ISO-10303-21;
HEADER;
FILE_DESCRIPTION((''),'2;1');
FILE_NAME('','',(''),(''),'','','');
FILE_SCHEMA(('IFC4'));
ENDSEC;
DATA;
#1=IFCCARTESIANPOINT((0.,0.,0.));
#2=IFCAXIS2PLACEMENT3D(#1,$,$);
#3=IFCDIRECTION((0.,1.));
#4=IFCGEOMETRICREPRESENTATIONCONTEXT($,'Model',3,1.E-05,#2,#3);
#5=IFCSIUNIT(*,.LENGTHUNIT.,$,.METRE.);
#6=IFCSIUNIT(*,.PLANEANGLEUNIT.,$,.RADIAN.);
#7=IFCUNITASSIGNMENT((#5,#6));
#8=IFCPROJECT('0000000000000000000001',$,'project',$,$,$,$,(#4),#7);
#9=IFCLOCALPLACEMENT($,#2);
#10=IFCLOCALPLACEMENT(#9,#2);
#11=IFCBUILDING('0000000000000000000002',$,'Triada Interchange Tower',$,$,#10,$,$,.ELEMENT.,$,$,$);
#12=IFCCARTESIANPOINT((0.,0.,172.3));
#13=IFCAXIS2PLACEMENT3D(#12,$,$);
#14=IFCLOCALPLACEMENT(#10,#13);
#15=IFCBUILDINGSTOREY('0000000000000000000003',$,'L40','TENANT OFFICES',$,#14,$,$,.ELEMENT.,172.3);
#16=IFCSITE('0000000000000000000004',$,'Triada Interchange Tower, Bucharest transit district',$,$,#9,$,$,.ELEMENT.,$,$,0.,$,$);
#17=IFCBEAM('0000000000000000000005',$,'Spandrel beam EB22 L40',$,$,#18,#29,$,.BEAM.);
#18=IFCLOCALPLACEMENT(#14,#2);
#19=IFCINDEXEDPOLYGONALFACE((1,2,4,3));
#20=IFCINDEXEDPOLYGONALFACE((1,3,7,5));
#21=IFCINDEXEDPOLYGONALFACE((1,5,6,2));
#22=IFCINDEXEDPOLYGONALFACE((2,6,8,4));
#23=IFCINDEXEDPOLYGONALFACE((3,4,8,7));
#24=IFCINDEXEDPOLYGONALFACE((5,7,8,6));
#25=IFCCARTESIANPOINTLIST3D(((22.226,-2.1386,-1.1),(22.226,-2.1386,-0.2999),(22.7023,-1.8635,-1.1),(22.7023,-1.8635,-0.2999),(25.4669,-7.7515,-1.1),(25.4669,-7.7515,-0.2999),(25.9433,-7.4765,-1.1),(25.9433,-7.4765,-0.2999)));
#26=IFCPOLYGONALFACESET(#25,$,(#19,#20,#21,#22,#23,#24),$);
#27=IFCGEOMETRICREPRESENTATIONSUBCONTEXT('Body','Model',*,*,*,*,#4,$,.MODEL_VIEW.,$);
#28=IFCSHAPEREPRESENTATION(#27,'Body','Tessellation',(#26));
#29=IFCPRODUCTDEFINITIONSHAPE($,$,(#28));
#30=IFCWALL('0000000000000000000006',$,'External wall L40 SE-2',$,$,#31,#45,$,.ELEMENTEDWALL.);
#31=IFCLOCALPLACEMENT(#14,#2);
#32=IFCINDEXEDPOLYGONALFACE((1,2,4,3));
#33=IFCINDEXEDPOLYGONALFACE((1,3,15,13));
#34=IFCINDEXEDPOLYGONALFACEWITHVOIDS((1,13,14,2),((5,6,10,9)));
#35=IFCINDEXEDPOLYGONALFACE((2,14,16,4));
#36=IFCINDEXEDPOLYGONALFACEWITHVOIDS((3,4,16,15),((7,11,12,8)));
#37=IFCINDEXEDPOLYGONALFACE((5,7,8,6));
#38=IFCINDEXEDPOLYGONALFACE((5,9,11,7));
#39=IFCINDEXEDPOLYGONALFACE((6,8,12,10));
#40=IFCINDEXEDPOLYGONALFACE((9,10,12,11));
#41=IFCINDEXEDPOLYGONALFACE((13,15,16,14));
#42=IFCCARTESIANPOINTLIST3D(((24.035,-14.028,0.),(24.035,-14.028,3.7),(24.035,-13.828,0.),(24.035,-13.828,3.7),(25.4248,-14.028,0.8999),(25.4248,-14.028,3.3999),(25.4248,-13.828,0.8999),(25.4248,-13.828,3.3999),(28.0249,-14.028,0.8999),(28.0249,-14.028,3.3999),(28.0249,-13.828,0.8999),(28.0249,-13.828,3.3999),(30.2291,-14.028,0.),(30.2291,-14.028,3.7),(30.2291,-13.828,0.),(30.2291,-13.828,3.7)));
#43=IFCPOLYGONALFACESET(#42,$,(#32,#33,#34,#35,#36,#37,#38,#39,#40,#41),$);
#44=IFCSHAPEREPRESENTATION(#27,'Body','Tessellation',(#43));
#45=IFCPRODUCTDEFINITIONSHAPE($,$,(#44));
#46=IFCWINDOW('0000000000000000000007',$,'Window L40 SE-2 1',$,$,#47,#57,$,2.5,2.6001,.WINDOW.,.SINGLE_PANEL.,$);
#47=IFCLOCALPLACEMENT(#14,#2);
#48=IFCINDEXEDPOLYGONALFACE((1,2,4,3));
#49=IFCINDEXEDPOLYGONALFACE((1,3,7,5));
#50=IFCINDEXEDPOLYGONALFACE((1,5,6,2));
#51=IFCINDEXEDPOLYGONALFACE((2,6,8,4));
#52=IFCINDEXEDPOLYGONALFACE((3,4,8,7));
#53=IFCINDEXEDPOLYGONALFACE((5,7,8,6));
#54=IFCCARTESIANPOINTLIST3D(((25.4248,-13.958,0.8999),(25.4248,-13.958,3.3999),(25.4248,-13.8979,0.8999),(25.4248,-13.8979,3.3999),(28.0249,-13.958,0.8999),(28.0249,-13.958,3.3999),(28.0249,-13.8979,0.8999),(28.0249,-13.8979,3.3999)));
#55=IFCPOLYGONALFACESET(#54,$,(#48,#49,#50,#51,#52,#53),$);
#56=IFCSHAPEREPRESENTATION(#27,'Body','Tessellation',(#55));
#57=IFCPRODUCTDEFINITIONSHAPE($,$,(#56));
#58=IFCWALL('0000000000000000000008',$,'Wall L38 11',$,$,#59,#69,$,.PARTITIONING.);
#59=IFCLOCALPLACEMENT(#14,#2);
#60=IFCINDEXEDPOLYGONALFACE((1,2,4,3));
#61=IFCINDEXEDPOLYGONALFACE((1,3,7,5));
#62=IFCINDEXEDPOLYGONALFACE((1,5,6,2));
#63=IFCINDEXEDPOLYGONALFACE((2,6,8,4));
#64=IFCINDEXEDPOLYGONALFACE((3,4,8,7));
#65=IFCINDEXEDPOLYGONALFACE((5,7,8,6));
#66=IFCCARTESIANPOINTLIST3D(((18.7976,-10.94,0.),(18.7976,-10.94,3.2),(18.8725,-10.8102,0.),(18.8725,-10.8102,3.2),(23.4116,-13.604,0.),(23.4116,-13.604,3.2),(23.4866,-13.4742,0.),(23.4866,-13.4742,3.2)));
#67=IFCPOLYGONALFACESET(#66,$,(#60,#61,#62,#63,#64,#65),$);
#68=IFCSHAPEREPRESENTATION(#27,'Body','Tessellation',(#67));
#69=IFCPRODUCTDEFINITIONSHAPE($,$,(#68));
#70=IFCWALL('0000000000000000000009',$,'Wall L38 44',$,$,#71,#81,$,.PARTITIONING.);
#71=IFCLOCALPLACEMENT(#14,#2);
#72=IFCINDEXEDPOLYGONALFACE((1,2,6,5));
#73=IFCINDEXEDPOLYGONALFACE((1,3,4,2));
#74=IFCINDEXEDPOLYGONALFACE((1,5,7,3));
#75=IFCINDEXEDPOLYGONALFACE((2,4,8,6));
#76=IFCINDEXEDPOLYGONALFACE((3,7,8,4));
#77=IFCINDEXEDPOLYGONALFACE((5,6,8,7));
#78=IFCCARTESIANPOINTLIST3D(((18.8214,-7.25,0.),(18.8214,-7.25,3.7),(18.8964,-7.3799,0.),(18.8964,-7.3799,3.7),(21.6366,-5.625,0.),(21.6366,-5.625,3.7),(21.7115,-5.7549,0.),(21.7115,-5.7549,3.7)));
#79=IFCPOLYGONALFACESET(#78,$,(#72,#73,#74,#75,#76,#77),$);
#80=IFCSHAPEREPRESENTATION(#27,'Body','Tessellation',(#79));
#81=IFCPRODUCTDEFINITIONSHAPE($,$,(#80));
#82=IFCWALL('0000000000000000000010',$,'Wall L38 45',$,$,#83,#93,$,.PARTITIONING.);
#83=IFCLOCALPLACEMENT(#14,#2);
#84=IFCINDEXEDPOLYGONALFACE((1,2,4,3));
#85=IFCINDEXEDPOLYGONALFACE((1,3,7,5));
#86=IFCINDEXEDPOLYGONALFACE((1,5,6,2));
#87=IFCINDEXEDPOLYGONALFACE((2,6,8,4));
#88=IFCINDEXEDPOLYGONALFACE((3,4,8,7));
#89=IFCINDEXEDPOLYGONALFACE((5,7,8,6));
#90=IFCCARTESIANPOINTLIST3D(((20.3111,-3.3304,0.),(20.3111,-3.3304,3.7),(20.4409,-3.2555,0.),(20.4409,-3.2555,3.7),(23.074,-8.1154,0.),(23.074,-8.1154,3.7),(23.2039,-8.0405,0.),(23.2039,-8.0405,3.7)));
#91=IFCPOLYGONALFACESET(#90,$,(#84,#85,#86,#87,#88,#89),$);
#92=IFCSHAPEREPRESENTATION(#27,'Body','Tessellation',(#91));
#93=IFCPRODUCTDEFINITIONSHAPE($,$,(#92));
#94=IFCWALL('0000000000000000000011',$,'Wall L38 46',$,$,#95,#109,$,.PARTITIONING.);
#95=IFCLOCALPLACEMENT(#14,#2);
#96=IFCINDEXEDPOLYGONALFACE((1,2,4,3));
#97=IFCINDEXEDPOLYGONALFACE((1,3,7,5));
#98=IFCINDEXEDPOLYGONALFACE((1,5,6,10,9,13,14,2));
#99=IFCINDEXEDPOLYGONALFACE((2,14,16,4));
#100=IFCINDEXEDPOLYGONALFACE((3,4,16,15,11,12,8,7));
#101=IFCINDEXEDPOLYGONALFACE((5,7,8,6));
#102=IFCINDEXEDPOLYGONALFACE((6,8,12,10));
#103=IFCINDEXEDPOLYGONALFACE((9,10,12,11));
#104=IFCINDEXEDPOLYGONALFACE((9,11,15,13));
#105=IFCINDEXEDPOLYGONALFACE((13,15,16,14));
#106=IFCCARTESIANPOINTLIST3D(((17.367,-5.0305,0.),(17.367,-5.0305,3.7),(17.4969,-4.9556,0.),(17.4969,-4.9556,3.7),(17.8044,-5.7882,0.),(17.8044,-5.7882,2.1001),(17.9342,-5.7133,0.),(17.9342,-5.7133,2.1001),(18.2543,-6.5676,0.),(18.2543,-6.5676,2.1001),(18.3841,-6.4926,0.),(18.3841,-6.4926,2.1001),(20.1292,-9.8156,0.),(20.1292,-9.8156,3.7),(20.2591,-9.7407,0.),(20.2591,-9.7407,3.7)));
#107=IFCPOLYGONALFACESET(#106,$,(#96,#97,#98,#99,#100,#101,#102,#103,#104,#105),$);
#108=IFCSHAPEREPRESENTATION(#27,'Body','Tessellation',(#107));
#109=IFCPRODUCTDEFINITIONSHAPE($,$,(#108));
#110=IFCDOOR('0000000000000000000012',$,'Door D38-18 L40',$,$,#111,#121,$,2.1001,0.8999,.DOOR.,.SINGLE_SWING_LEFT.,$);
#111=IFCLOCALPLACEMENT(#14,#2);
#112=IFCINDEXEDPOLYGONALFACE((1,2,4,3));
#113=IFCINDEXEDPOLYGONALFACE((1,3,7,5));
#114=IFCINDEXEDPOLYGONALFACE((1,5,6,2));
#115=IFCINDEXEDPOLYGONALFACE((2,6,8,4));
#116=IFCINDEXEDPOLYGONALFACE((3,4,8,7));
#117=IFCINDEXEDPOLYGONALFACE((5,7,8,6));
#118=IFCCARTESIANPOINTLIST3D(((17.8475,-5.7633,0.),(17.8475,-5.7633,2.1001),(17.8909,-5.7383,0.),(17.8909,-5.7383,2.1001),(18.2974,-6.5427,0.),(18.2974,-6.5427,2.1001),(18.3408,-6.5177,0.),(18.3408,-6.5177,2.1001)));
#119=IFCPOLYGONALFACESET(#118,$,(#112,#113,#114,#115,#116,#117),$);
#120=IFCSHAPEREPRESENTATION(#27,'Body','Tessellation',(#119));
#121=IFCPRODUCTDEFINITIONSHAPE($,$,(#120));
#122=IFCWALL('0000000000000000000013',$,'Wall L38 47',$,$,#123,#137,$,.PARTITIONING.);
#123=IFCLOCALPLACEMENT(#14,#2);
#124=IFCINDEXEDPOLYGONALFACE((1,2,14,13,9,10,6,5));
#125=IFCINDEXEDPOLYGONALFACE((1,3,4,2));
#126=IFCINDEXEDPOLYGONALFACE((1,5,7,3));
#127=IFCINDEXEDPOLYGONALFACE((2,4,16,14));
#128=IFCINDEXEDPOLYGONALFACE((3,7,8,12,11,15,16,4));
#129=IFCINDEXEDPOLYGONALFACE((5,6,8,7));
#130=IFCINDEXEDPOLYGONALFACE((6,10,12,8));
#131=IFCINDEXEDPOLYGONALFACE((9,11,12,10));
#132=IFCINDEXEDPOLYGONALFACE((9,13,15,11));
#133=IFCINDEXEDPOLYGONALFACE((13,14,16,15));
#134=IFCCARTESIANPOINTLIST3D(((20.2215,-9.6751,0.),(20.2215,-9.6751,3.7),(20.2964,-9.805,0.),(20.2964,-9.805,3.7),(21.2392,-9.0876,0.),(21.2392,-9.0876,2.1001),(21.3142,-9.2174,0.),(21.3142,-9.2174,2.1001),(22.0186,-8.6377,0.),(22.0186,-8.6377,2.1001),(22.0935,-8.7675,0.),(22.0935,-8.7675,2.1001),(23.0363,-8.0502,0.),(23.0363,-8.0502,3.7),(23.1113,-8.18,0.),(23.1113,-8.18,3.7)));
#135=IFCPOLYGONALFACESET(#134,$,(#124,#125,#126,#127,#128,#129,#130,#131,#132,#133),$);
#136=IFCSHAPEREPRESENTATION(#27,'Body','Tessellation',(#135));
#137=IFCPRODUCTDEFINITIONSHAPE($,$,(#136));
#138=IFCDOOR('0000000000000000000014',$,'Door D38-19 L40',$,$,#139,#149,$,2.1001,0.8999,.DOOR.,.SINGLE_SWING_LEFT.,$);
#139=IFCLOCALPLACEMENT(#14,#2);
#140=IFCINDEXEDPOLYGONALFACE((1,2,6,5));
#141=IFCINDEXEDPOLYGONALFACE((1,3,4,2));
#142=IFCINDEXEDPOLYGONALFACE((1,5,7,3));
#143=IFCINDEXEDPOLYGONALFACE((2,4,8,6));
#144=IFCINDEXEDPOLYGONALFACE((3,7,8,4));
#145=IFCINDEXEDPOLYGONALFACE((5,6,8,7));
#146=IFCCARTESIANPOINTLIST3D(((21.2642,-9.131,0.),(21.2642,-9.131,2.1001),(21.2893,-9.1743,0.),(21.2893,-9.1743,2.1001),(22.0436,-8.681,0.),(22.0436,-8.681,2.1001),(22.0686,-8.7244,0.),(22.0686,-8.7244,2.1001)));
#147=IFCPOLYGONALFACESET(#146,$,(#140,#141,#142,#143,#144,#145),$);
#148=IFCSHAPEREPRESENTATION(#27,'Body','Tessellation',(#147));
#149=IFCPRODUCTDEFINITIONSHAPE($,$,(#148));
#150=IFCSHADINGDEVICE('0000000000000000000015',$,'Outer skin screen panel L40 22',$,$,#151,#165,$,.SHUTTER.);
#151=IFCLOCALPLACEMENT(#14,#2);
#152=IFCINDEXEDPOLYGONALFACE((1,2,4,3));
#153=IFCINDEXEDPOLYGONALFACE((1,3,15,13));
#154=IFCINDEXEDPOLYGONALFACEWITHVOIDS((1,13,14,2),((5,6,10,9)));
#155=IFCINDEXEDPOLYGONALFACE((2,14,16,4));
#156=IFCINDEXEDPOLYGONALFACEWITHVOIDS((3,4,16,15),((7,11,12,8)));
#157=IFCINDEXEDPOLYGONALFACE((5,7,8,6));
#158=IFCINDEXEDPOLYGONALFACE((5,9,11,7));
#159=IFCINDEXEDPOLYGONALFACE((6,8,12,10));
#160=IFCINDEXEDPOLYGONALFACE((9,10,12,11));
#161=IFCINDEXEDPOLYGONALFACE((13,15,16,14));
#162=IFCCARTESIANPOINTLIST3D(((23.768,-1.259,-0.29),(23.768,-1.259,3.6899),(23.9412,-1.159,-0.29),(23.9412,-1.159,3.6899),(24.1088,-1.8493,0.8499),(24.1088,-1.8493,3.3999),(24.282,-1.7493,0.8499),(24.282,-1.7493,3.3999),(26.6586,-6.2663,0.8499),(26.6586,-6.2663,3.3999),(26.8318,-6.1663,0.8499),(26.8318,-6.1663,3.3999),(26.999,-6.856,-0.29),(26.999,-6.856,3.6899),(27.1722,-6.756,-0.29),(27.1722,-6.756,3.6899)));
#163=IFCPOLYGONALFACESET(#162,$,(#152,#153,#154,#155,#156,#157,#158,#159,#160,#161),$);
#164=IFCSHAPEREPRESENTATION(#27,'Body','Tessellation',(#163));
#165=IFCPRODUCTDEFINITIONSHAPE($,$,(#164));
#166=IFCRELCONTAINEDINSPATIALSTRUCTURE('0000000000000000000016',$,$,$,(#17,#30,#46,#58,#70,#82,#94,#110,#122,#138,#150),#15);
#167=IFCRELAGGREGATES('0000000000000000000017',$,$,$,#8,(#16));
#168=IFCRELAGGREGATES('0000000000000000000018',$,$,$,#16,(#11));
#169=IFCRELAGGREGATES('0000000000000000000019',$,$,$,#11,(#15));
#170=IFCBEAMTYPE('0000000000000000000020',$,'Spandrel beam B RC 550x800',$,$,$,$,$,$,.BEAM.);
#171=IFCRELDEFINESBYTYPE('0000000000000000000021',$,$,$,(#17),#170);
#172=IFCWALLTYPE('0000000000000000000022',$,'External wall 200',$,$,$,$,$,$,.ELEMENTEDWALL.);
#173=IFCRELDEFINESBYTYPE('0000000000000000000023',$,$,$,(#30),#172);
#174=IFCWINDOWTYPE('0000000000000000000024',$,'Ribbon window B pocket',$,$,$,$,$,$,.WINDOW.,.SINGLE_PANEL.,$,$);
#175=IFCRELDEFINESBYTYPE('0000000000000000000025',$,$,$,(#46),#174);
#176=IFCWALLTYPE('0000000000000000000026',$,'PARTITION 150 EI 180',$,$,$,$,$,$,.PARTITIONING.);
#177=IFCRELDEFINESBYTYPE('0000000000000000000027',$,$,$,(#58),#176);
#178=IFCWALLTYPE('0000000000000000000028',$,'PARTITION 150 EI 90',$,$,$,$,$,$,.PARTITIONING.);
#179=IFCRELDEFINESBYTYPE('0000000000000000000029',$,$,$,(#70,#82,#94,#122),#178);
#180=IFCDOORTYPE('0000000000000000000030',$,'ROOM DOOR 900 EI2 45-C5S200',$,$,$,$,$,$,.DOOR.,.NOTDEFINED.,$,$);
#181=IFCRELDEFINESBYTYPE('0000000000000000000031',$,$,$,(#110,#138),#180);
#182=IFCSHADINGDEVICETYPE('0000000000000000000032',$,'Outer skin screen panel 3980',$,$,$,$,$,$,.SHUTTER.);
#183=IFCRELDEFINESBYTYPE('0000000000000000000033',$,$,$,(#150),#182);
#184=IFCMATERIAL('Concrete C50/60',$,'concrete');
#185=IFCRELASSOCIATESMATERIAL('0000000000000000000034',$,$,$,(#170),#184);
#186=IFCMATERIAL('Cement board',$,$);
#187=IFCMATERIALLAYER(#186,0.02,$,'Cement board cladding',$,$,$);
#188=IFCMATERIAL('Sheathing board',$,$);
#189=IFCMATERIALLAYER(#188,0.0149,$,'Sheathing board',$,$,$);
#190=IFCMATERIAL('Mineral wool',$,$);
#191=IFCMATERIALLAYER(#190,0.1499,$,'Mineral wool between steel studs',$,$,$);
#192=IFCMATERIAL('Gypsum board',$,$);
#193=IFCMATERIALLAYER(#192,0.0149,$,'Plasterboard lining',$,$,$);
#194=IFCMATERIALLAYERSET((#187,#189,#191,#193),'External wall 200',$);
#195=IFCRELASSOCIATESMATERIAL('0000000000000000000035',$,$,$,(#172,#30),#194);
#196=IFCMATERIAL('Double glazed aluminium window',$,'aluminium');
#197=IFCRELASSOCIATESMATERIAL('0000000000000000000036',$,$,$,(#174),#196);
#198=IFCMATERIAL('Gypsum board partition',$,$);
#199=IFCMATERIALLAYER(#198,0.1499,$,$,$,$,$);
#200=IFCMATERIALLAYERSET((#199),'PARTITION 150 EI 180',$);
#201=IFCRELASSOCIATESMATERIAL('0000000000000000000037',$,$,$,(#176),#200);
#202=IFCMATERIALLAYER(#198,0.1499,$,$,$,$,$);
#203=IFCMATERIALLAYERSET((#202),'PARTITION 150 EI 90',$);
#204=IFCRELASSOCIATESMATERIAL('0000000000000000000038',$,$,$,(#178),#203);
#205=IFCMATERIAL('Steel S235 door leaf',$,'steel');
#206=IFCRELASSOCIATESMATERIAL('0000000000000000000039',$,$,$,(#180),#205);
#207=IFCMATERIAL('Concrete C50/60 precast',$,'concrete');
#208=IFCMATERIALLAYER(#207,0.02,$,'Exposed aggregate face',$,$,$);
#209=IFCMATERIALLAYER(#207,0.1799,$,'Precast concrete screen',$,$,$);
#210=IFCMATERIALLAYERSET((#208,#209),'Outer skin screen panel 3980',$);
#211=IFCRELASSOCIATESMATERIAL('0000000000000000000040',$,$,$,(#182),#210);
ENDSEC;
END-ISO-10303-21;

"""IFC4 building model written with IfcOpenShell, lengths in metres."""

from ifc_helpers import new_model, si_unit, direction, frame, frame_2d, origin, origin_2d, place, context, subcontext, project, spatial, polyline, rectangle, outline, extrude, material, layer, layer_set, layer_usage, material_profile, profile_set, type_object, element, fill, save


model = new_model("IFC4")

# Units and contexts
model_context = context("Model", 3, precision=1e-05, world=origin(), true_north=direction((0.0, 1.0)))
body_context = subcontext(model_context, "Body", "Model", "MODEL_VIEW")
ifc_project = project(units=[si_unit("LENGTHUNIT", "METRE"), si_unit("PLANEANGLEUNIT", "RADIAN")], contexts=[model_context])

# Site, building, storey
site_placement = place(None, origin())
site = spatial("IfcSite", under=ifc_project, at=site_placement, Name="Triada Interchange Tower, Bucharest transit district", CompositionType="ELEMENT", RefElevation=0.0)
building_placement = place(site_placement, origin())
building = spatial("IfcBuilding", under=site, at=building_placement, Name="Triada Interchange Tower", CompositionType="ELEMENT")
storey_placement = place(building_placement, frame((0.0, 0.0, 172.3)))
storey = spatial("IfcBuildingStorey", under=building, at=storey_placement, Name="L40", Description="TENANT OFFICES", CompositionType="ELEMENT", Elevation=172.3)

# Beam
ifc_material_1 = material(Name="Concrete C50/60", Category="concrete")
ifc_material_profile_1 = material_profile(ifc_material_1, rectangle(XDim=0.55, YDim=0.8, at=origin_2d()), Name="RC 550x800")
ifc_profile_set_1 = profile_set([ifc_material_profile_1], Name="Concrete C50/60")
beam_type_1 = type_object("IfcBeamType", Name="Spandrel beam B RC 550x800", PredefinedType="BEAM", material=ifc_profile_set_1)
beam_1_placement = place(storey_placement, frame((25.7051, -7.614, -0.7), z_axis=(-0.500032, 0.866007, 0.0), x_axis=(-0.866007, -0.500032, 0.0)))
element("IfcBeam", 1, at=beam_1_placement, inside=storey, type_object=beam_type_1, Name="Spandrel beam EB22 L40", PredefinedType="BEAM", context=body_context, shape_type="SweptSolid", body=[
    extrude(rectangle(XDim=0.55, YDim=0.8, at=origin_2d()), origin(), (0.0, 0.0, 1.0), 6.4814),
])

# Wall, opening, window
ifc_material_2 = material(Name="Cement board")
ifc_layer_1 = layer(ifc_material_2, 0.02, Name="Cement board cladding")
ifc_material_3 = material(Name="Sheathing board")
ifc_layer_2 = layer(ifc_material_3, 0.0149, Name="Sheathing board")
ifc_material_4 = material(Name="Mineral wool")
ifc_layer_3 = layer(ifc_material_4, 0.1499, Name="Mineral wool between steel studs")
ifc_material_5 = material(Name="Gypsum board")
ifc_layer_4 = layer(ifc_material_5, 0.0149, Name="Plasterboard lining")
ifc_layer_set_1 = layer_set([ifc_layer_1, ifc_layer_2, ifc_layer_3, ifc_layer_4], Name="External wall 200")
ifc_layer_usage = layer_usage(ifc_layer_set_1, "AXIS2", "POSITIVE", -0.1001)
wall_type_1 = type_object("IfcWallType", Name="External wall 200", PredefinedType="ELEMENTEDWALL", material=ifc_layer_set_1)
wall_1_placement = place(storey_placement, frame((24.0349, -13.928, 0.0), z_axis=(0.0, 0.0, 1.0), x_axis=(1.0, 0.0, 0.0)))
wall_1 = element("IfcWall", 2, at=wall_1_placement, inside=storey, type_object=wall_type_1, material=ifc_layer_usage, Name="External wall L40 SE-2", PredefinedType="ELEMENTEDWALL", context=body_context, shape_type="SweptSolid", body=[
    extrude(rectangle(XDim=6.1941, YDim=0.2, at=frame_2d((3.0972, 0.0))), origin(), (0.0, 0.0, 1.0), 3.7),
])
opening_1_placement = place(wall_1_placement, frame((1.3899, 0.0, 0.8999)))
opening_1 = element("IfcOpeningElement", 3, at=opening_1_placement, cuts=wall_1, PredefinedType="OPENING", context=body_context, shape_type="SweptSolid", body=[
    extrude(rectangle(XDim=2.6001, YDim=2.5, at=frame_2d((1.3, 1.25))), frame((0.0, 0.1099, 0.0), z_axis=(0.0, -1.0, 0.0), x_axis=(1.0, 0.0, 0.0)), (0.0, 0.0, 1.0), 0.22),
])
ifc_material_6 = material(Name="Double glazed aluminium window", Category="aluminium")
window_type = type_object("IfcWindowType", Name="Ribbon window B pocket", PartitioningType="SINGLE_PANEL", PredefinedType="WINDOW", material=ifc_material_6)
window_placement = place(opening_1_placement, origin())
window = element("IfcWindow", 4, at=window_placement, inside=storey, type_object=window_type, Name="Window L40 SE-2 1", OverallHeight=2.5, OverallWidth=2.6001, PartitioningType="SINGLE_PANEL", PredefinedType="WINDOW", context=body_context, shape_type="SweptSolid", body=[
    extrude(rectangle(XDim=2.6001, YDim=2.5, at=frame_2d((1.3, 1.25))), frame((0.0, 0.03, 0.0), z_axis=(0.0, -1.0, 0.0), x_axis=(1.0, 0.0, 0.0)), (0.0, 0.0, 1.0), 0.0601),
])
fill(opening_1, window)

# Walls
ifc_material_7 = material(Name="Gypsum board partition")
ifc_layer_5 = layer(ifc_material_7, 0.1499)
ifc_layer_set_2 = layer_set([ifc_layer_5], Name="PARTITION 150 EI 180")
wall_type_2 = type_object("IfcWallType", Name="PARTITION 150 EI 180", PredefinedType="PARTITIONING", material=ifc_layer_set_2)
wall_2_placement = place(storey_placement, frame((18.835, -10.875, 0.0), z_axis=(0.0, 0.0, 1.0), x_axis=(0.866012, -0.500023, 0.0)))
element("IfcWall", 5, at=wall_2_placement, inside=storey, type_object=wall_type_2, Name="Wall L38 11", PredefinedType="PARTITIONING", context=body_context, shape_type="SweptSolid", body=[
    extrude(rectangle(XDim=5.3279, YDim=0.1499, at=frame_2d((2.6641, 0.0))), origin(), (0.0, 0.0, 1.0), 3.2),
])
ifc_layer_6 = layer(ifc_material_7, 0.1499)
ifc_layer_set_3 = layer_set([ifc_layer_6], Name="PARTITION 150 EI 90")
wall_type_3 = type_object("IfcWallType", Name="PARTITION 150 EI 90", PredefinedType="PARTITIONING", material=ifc_layer_set_3)
wall_3_placement = place(storey_placement, frame((18.8589, -7.3149, 0.0), z_axis=(0.0, 0.0, 1.0), x_axis=(0.866072, 0.49992, 0.0)))
element("IfcWall", 6, at=wall_3_placement, inside=storey, type_object=wall_type_3, Name="Wall L38 44", PredefinedType="PARTITIONING", context=body_context, shape_type="SweptSolid", body=[
    extrude(rectangle(XDim=3.2505, YDim=0.1499, at=frame_2d((1.6252, 0.0))), origin(), (0.0, 0.0, 1.0), 3.7),
])
wall_4_placement = place(storey_placement, frame((20.376, -3.293, 0.0), z_axis=(0.0, 0.0, 1.0), x_axis=(0.50005, -0.865996, 0.0)))
element("IfcWall", 7, at=wall_4_placement, inside=storey, type_object=wall_type_3, Name="Wall L38 45", PredefinedType="PARTITIONING", context=body_context, shape_type="SweptSolid", body=[
    extrude(rectangle(XDim=5.5254, YDim=0.1499, at=frame_2d((2.7627, 0.0))), origin(), (0.0, 0.0, 1.0), 3.7),
])

# Walls, openings, doors
wall_5_placement = place(storey_placement, frame((17.4319, -4.9929, 0.0), z_axis=(0.0, 0.0, 1.0), x_axis=(0.499932, -0.866065, 0.0)))
wall_5 = element("IfcWall", 8, at=wall_5_placement, inside=storey, type_object=wall_type_3, Name="Wall L38 46", PredefinedType="PARTITIONING", context=body_context, shape_type="SweptSolid", body=[
    extrude(rectangle(XDim=5.5251, YDim=0.1499, at=frame_2d((2.7627, 0.0))), origin(), (0.0, 0.0, 1.0), 3.7),
])
opening_2_placement = place(wall_5_placement, frame((0.875, 0.0, 0.0)))
opening_2 = element("IfcOpeningElement", 9, at=opening_2_placement, cuts=wall_5, PredefinedType="OPENING", context=body_context, shape_type="SweptSolid", body=[
    extrude(rectangle(XDim=0.8999, YDim=2.1001, at=frame_2d((0.45, 1.05))), frame((0.0, 0.085, 0.0), z_axis=(0.0, -1.0, 0.0), x_axis=(1.0, 0.0, 0.0)), (0.0, 0.0, 1.0), 0.1699),
])
ifc_material_8 = material(Name="Steel S235 door leaf", Category="steel")
door_type = type_object("IfcDoorType", Name="ROOM DOOR 900 EI2 45-C5S200", OperationType="NOTDEFINED", PredefinedType="DOOR", material=ifc_material_8)
door_1_placement = place(opening_2_placement, origin())
door_1 = element("IfcDoor", 10, at=door_1_placement, inside=storey, type_object=door_type, Name="Door D38-18 L40", OperationType="SINGLE_SWING_LEFT", OverallHeight=2.1001, OverallWidth=0.8999, PredefinedType="DOOR", context=body_context, shape_type="SweptSolid", body=[
    extrude(rectangle(XDim=0.8999, YDim=2.1001, at=frame_2d((0.45, 1.05))), frame((0.0, 0.0249, 0.0), z_axis=(0.0, -1.0, 0.0), x_axis=(1.0, 0.0, 0.0)), (0.0, 0.0, 1.0), 0.05),
])
fill(opening_2, door_1)
wall_6_placement = place(storey_placement, frame((20.259, -9.74, 0.0), z_axis=(0.0, 0.0, 1.0), x_axis=(0.866053, 0.499952, 0.0)))
wall_6 = element("IfcWall", 11, at=wall_6_placement, inside=storey, type_object=wall_type_3, Name="Wall L38 47", PredefinedType="PARTITIONING", context=body_context, shape_type="SweptSolid", body=[
    extrude(rectangle(XDim=3.2502, YDim=0.1499, at=frame_2d((1.625, 0.0))), origin(), (0.0, 0.0, 1.0), 3.7),
])
opening_3_placement = place(wall_6_placement, frame((1.175, 0.0, 0.0)))
opening_3 = element("IfcOpeningElement", 12, at=opening_3_placement, cuts=wall_6, PredefinedType="OPENING", context=body_context, shape_type="SweptSolid", body=[
    extrude(rectangle(XDim=0.8999, YDim=2.1001, at=frame_2d((0.45, 1.05))), frame((0.0, 0.085, 0.0), z_axis=(0.0, -1.0, 0.0), x_axis=(1.0, 0.0, 0.0)), (0.0, 0.0, 1.0), 0.1699),
])
door_2_placement = place(opening_3_placement, origin())
door_2 = element("IfcDoor", 13, at=door_2_placement, inside=storey, type_object=door_type, Name="Door D38-19 L40", OperationType="SINGLE_SWING_LEFT", OverallHeight=2.1001, OverallWidth=0.8999, PredefinedType="DOOR", context=body_context, shape_type="SweptSolid", body=[
    extrude(rectangle(XDim=0.8999, YDim=2.1001, at=frame_2d((0.45, 1.05))), frame((0.0, 0.0249, 0.0), z_axis=(0.0, -1.0, 0.0), x_axis=(1.0, 0.0, 0.0)), (0.0, 0.0, 1.0), 0.05),
])
fill(opening_3, door_2)

# Shading device
ifc_material_9 = material(Name="Concrete C50/60 precast", Category="concrete")
ifc_layer_7 = layer(ifc_material_9, 0.02, Name="Exposed aggregate face")
ifc_layer_8 = layer(ifc_material_9, 0.1799, Name="Precast concrete screen")
ifc_layer_set_4 = layer_set([ifc_layer_7, ifc_layer_8], Name="Outer skin screen panel 3980")
shading_device_type = type_object("IfcShadingDeviceType", Name="Outer skin screen panel 3980", PredefinedType="SHUTTER", material=ifc_layer_set_4)
shading_device_placement = place(storey_placement, frame((26.999, -6.856, -0.29), z_axis=(0.0, 0.0, 1.0), x_axis=(-0.49995, 0.866054, 0.0)))
element("IfcShadingDevice", 14, at=shading_device_placement, inside=storey, type_object=shading_device_type, Name="Outer skin screen panel L40 22", PredefinedType="SHUTTER", context=body_context, shape_type="SweptSolid", body=[
    extrude(outline(polyline([(0.0, 0.0), (6.4626, 0.0), (6.4626, 3.98), (0.0, 3.98), (0.0, 0.0)]), holes=[polyline([(0.6809, 1.1399), (0.6809, 3.6899), (5.781, 3.6899), (5.781, 1.1399), (0.6809, 1.1399)])]), frame((0.0, 0.0, 0.0), z_axis=(0.0, -1.0, 0.0), x_axis=(1.0, 0.0, 0.0)), (0.0, 0.0, 1.0), 0.2),
])

save(model, "model.ifc")
